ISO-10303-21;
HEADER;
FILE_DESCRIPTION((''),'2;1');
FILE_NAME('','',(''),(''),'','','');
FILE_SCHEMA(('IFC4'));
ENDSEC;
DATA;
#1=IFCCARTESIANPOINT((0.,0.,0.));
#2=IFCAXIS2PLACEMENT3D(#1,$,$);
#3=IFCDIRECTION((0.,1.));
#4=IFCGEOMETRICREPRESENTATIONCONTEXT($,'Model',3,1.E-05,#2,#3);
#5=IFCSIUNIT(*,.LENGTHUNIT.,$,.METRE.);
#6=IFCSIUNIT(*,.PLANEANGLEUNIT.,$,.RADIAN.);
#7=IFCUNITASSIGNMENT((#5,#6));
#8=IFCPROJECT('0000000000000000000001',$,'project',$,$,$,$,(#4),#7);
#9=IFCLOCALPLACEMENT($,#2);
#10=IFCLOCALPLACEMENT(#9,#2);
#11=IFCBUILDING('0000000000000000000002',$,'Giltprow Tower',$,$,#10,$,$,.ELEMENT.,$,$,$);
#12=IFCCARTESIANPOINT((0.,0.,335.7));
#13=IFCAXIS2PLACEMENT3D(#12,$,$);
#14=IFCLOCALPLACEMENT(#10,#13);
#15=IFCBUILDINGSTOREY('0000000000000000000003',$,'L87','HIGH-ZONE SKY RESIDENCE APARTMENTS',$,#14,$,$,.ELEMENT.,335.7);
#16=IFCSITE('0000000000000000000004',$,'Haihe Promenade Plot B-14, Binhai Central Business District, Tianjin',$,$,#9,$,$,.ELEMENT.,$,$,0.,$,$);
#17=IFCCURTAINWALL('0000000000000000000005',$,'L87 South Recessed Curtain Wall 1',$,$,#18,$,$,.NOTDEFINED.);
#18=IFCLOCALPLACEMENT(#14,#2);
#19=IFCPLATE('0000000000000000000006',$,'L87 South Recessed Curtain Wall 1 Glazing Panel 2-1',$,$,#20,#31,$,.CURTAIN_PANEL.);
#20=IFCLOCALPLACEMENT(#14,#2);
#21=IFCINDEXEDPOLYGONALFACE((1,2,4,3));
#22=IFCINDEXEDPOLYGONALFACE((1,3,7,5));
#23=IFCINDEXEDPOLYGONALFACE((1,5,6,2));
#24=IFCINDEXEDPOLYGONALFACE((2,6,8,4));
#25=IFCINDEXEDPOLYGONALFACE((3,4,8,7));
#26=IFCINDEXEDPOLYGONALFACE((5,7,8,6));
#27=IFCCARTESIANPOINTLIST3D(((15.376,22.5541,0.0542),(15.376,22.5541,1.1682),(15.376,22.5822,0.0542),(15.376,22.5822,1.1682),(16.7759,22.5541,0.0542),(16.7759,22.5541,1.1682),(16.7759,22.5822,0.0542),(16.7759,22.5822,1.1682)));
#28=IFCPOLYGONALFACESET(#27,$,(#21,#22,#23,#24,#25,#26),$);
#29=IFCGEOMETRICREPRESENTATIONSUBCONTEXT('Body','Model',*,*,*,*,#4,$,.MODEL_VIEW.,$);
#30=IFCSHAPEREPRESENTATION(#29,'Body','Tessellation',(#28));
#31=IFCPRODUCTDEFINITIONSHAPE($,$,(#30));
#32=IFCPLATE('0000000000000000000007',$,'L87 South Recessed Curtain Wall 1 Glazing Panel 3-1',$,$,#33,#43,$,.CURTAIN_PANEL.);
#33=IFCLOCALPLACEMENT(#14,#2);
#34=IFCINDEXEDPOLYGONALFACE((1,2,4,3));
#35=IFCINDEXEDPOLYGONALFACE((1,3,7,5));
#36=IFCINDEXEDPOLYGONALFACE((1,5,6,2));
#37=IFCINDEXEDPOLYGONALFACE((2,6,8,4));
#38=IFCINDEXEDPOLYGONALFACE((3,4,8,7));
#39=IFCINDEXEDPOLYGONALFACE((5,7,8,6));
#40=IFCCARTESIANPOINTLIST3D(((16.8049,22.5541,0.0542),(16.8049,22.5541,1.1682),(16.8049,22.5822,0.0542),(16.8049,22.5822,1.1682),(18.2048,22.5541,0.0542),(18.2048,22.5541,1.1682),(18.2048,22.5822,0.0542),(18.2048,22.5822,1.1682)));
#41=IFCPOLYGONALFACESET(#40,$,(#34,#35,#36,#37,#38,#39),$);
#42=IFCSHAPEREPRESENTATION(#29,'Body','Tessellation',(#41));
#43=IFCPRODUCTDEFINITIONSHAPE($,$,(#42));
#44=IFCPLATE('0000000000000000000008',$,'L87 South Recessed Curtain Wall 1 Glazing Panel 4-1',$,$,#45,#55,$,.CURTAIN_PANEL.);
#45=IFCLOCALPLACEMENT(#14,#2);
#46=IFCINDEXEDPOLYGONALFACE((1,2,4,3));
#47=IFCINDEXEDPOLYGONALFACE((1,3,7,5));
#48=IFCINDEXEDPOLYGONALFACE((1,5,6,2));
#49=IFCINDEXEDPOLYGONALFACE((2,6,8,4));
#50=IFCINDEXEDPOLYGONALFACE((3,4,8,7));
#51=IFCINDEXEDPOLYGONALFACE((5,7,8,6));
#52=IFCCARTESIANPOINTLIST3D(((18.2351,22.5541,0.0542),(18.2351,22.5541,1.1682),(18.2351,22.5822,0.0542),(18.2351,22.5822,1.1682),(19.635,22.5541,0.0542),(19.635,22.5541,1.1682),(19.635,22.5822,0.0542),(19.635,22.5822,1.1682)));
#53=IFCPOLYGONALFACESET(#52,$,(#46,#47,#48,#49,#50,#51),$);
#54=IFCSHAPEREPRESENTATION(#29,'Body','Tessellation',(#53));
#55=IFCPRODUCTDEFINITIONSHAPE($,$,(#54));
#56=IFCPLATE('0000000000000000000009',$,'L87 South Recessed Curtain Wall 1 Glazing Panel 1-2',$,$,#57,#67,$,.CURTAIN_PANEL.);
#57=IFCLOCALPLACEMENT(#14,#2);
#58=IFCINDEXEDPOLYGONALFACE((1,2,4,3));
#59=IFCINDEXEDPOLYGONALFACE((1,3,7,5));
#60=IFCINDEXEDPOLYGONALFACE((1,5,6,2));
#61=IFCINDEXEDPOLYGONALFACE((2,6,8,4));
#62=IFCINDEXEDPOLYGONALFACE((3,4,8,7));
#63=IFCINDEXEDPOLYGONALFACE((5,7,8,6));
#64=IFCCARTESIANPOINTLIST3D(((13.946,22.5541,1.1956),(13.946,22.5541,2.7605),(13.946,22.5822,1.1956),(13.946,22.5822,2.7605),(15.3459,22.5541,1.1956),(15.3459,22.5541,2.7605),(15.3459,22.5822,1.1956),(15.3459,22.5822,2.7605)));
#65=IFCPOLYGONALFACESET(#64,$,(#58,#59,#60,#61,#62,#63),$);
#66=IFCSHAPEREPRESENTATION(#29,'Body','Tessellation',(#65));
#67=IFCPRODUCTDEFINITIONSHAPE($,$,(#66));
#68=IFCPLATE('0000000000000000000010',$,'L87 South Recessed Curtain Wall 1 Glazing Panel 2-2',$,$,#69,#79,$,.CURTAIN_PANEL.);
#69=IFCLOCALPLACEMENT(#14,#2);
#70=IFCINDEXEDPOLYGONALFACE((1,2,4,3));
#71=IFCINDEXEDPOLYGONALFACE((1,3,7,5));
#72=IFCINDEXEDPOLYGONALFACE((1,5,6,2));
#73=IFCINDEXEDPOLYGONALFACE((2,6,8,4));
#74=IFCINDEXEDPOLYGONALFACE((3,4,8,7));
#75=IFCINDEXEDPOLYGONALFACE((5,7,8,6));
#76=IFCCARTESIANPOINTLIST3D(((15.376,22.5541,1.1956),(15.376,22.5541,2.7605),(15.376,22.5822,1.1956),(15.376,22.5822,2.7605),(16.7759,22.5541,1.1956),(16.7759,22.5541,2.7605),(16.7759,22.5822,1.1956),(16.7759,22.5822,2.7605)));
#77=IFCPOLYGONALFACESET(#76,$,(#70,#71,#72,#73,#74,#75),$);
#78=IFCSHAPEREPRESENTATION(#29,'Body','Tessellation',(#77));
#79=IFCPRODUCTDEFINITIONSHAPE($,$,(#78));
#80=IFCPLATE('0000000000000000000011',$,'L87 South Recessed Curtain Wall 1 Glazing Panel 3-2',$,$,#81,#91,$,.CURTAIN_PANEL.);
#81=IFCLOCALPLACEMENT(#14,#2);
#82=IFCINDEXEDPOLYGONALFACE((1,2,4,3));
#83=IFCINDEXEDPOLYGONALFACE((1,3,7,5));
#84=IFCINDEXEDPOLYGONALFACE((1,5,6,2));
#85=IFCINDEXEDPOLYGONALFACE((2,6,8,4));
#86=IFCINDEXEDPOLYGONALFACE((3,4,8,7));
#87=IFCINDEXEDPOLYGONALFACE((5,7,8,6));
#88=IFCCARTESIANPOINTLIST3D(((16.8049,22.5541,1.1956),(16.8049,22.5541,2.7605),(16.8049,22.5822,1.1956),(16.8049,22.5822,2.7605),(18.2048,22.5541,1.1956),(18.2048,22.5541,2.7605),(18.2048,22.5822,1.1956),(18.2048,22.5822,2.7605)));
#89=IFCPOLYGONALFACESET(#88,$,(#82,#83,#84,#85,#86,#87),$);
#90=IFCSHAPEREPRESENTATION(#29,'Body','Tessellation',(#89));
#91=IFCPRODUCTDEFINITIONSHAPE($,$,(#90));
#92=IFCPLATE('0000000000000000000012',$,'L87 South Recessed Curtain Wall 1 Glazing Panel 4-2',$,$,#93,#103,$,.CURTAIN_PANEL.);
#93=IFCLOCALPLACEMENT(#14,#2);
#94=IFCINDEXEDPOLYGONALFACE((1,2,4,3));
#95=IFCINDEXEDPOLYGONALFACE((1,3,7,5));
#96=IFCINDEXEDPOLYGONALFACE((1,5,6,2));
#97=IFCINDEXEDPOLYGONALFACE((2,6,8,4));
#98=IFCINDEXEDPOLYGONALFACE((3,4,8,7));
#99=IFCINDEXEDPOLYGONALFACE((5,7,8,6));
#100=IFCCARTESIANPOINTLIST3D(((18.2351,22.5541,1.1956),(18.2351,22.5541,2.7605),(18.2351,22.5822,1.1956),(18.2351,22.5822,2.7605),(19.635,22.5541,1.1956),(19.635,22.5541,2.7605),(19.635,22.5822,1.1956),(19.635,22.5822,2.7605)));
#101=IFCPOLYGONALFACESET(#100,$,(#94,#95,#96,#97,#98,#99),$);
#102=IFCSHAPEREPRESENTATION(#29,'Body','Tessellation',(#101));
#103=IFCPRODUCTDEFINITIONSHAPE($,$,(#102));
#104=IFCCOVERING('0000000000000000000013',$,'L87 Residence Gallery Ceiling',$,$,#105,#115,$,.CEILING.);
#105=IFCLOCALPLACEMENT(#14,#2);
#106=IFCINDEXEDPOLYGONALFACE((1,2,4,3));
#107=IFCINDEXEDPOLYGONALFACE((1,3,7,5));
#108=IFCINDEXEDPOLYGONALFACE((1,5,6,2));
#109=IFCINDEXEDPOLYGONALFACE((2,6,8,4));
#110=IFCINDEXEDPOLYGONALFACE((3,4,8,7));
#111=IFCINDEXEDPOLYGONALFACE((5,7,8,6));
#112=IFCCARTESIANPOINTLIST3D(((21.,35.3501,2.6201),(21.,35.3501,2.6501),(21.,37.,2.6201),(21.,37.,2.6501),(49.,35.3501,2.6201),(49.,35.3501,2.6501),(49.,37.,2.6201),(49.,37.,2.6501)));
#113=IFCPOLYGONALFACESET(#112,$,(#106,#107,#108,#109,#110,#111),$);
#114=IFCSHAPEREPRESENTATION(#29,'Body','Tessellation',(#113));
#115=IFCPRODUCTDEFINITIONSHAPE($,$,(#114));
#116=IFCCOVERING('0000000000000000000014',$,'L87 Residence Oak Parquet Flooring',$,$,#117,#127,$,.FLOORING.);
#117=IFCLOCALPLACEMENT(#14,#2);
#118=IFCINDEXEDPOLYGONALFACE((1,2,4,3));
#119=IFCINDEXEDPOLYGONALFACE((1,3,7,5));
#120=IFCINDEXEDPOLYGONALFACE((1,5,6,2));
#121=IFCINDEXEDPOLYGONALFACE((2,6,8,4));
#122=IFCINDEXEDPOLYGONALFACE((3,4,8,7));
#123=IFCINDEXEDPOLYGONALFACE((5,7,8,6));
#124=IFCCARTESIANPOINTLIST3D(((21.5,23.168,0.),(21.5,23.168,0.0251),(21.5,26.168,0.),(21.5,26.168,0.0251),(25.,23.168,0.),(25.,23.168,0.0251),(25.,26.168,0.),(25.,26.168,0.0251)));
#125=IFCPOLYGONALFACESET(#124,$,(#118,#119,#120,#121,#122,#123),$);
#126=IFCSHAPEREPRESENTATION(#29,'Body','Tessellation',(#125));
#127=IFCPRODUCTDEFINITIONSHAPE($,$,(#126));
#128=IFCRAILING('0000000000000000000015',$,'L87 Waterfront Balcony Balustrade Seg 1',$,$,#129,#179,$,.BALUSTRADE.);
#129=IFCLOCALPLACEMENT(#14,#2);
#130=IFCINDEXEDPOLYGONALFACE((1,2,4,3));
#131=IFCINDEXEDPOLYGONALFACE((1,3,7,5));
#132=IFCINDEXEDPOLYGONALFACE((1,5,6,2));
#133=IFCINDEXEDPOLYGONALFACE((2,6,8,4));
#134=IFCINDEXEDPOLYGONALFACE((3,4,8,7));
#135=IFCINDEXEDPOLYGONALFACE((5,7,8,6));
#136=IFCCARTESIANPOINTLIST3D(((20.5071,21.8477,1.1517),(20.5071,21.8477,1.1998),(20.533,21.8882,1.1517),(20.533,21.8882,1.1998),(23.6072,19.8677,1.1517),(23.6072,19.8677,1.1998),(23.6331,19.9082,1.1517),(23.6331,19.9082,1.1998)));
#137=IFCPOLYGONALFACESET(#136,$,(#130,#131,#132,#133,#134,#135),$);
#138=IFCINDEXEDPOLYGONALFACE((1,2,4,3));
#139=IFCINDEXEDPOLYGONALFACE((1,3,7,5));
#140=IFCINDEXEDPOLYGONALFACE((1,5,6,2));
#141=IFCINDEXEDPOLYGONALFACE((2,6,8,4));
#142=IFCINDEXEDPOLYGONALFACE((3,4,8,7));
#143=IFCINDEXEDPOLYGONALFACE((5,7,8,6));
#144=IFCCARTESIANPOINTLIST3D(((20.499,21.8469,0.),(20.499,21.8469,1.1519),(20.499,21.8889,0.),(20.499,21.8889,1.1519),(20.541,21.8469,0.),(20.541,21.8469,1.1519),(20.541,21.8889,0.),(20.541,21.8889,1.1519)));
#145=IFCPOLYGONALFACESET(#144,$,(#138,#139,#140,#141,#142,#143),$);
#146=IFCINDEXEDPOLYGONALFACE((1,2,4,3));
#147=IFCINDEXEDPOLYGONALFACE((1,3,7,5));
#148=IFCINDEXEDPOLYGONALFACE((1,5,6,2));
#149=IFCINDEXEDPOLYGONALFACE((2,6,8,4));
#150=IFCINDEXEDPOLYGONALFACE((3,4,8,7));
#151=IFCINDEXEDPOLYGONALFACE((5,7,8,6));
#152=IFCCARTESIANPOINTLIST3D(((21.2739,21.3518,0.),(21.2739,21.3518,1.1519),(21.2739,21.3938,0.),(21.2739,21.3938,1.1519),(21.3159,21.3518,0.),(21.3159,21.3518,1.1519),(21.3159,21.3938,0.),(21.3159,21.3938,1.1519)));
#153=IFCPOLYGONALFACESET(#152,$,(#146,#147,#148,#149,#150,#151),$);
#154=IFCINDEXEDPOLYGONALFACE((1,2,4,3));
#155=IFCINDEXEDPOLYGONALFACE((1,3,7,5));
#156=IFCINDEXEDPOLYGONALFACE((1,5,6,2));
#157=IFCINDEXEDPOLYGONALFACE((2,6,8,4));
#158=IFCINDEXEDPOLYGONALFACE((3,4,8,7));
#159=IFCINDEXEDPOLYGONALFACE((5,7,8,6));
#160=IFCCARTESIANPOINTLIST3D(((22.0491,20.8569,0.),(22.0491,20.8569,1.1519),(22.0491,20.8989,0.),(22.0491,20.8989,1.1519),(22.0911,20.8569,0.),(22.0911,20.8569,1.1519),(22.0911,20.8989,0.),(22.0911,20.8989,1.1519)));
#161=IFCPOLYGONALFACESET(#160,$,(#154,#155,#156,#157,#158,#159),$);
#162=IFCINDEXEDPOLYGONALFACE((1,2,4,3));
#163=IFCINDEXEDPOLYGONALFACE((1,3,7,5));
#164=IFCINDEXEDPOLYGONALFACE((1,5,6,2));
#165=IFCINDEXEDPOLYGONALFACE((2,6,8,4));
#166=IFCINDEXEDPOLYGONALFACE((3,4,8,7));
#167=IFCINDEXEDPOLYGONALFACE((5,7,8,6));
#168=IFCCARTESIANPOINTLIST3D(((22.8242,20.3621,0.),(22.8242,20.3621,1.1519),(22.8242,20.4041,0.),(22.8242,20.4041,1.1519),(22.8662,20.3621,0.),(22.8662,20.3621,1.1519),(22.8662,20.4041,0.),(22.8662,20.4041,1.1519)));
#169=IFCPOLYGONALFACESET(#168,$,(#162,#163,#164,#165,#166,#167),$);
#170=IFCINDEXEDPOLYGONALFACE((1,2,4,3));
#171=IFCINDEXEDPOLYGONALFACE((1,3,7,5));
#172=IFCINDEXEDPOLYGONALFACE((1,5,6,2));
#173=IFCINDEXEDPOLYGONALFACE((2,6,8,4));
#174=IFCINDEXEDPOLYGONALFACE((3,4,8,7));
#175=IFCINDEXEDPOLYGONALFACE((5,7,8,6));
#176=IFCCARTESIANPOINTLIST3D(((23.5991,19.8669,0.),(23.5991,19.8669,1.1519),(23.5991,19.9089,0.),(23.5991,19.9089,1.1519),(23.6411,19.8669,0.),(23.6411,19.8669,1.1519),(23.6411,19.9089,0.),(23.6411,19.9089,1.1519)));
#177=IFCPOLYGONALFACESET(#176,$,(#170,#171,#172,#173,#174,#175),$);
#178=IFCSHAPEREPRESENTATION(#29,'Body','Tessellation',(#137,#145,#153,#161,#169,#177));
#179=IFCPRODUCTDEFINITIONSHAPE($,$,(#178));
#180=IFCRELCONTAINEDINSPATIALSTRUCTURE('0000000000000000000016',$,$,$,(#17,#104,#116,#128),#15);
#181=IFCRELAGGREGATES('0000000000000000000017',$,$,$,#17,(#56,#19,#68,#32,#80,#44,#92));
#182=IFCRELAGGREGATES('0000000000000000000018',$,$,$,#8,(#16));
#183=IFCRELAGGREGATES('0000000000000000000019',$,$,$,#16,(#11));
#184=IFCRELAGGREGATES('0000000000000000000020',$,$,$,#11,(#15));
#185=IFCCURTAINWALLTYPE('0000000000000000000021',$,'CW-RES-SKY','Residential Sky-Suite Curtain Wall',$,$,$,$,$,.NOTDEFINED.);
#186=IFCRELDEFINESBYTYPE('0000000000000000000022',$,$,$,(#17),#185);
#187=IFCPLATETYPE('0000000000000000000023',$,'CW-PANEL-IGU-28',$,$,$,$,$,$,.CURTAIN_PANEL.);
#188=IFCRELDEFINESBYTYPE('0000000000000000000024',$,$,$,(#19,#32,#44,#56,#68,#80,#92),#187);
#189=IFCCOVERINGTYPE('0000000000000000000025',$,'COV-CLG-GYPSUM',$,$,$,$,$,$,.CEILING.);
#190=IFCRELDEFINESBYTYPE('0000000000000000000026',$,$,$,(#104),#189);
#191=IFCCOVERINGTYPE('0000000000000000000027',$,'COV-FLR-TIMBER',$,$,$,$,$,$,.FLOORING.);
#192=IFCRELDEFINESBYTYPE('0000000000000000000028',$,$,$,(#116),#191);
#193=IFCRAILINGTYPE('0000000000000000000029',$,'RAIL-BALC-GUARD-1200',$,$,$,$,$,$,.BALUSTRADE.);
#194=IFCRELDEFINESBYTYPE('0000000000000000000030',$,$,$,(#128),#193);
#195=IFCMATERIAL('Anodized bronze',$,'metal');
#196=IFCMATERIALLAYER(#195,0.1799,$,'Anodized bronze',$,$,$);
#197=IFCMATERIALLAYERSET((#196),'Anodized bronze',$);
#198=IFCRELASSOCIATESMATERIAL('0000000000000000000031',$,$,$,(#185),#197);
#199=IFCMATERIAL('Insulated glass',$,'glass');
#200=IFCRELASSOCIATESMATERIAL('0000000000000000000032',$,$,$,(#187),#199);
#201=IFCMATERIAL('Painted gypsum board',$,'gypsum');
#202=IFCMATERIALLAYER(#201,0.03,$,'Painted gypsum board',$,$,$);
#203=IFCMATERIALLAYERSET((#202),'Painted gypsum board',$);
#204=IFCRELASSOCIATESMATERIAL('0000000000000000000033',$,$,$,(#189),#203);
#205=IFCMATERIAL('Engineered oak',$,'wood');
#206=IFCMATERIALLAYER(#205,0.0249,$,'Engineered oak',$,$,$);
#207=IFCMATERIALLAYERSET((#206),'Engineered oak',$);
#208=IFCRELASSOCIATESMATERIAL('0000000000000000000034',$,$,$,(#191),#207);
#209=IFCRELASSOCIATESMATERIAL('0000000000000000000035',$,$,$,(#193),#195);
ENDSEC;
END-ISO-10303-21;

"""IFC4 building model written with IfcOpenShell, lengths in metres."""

from ifc_helpers import new_model, si_unit, direction, frame, origin, origin_2d, place, context, subcontext, project, spatial, polyline, rectangle, outline, extrude, source, transform, mapped, material, layer, layer_set, type_object, element, aggregate, save


model = new_model("IFC4")

# Units and contexts
model_context = context("Model", 3, precision=1e-05, world=origin(), true_north=direction((0.0, 1.0)))
body_context = subcontext(model_context, "Body", "Model", "MODEL_VIEW")
ifc_project = project(units=[si_unit("LENGTHUNIT", "METRE"), si_unit("PLANEANGLEUNIT", "RADIAN")], contexts=[model_context])

# Site, building, storey
site_placement = place(None, origin())
site = spatial("IfcSite", under=ifc_project, at=site_placement, Name="Haihe Promenade Plot B-14, Binhai Central Business District, Tianjin", CompositionType="ELEMENT", RefElevation=0.0)
building_placement = place(site_placement, origin())
building = spatial("IfcBuilding", under=site, at=building_placement, Name="Giltprow Tower", CompositionType="ELEMENT")
storey_placement = place(building_placement, frame((0.0, 0.0, 335.7)))
storey = spatial("IfcBuildingStorey", under=building, at=storey_placement, Name="L87", Description="HIGH-ZONE SKY RESIDENCE APARTMENTS", CompositionType="ELEMENT", Elevation=335.7)

# Curtain wall
ifc_material_1 = material(Name="Anodized bronze", Category="metal")
ifc_layer_1 = layer(ifc_material_1, 0.1799, Name="Anodized bronze")
ifc_layer_set_1 = layer_set([ifc_layer_1], Name="Anodized bronze")
curtain_wall_type = type_object("IfcCurtainWallType", Name="CW-RES-SKY", Description="Residential Sky-Suite Curtain Wall", PredefinedType="NOTDEFINED", material=ifc_layer_set_1)
curtain_wall_placement = place(storey_placement, origin())
curtain_wall = element("IfcCurtainWall", 1, at=curtain_wall_placement, inside=storey, type_object=curtain_wall_type, Name="L87 South Recessed Curtain Wall 1", PredefinedType="NOTDEFINED")

# Plates
ifc_material_2 = material(Name="Insulated glass", Category="glass")
plate_type = type_object("IfcPlateType", Name="CW-PANEL-IGU-28", PredefinedType="CURTAIN_PANEL", material=ifc_material_2)
shared_shape_1 = source(origin(), body_context, "Body", "SweptSolid", [
    extrude(rectangle(XDim=1.3999, YDim=0.0281, at=origin_2d()), origin(), (0.0, 0.0, 1.0), 1.114),
])
plate_1_placement = place(storey_placement, frame((16.0759, 22.5681, 0.0542), z_axis=(0.0, 0.0, 1.0), x_axis=(1.0, 0.0, 0.0)))
plate_1 = element("IfcPlate", 2, at=plate_1_placement, type_object=plate_type, Name="L87 South Recessed Curtain Wall 1 Glazing Panel 2-1", PredefinedType="CURTAIN_PANEL", context=body_context, shape_type="MappedRepresentation", body=[
    mapped(shared_shape_1, transform((0.0, 0.0, 0.0), x_axis=(1.0, 0.0, 0.0), y_axis=(0.0, 1.0, 0.0), z_axis=(0.0, 0.0, 1.0), scale=1.0)),
])
plate_2_placement = place(storey_placement, frame((17.5049, 22.5681, 0.0542), z_axis=(0.0, 0.0, 1.0), x_axis=(1.0, 0.0, 0.0)))
plate_2 = element("IfcPlate", 3, at=plate_2_placement, type_object=plate_type, Name="L87 South Recessed Curtain Wall 1 Glazing Panel 3-1", PredefinedType="CURTAIN_PANEL", context=body_context, shape_type="MappedRepresentation", body=[
    mapped(shared_shape_1, transform((0.0, 0.0, 0.0), x_axis=(1.0, 0.0, 0.0), y_axis=(0.0, 1.0, 0.0), z_axis=(0.0, 0.0, 1.0), scale=1.0)),
])
plate_3_placement = place(storey_placement, frame((18.9351, 22.5681, 0.0542), z_axis=(0.0, 0.0, 1.0), x_axis=(1.0, 0.0, 0.0)))
plate_3 = element("IfcPlate", 4, at=plate_3_placement, type_object=plate_type, Name="L87 South Recessed Curtain Wall 1 Glazing Panel 4-1", PredefinedType="CURTAIN_PANEL", context=body_context, shape_type="MappedRepresentation", body=[
    mapped(shared_shape_1, transform((0.0, 0.0, 0.0), x_axis=(1.0, 0.0, 0.0), y_axis=(0.0, 1.0, 0.0), z_axis=(0.0, 0.0, 1.0), scale=1.0)),
])
shared_shape_2 = source(origin(), body_context, "Body", "SweptSolid", [
    extrude(rectangle(XDim=1.3999, YDim=0.0281, at=origin_2d()), origin(), (0.0, 0.0, 1.0), 1.5649),
])
plate_4_placement = place(storey_placement, frame((14.646, 22.5681, 1.1956), z_axis=(0.0, 0.0, 1.0), x_axis=(1.0, 0.0, 0.0)))
plate_4 = element("IfcPlate", 5, at=plate_4_placement, type_object=plate_type, Name="L87 South Recessed Curtain Wall 1 Glazing Panel 1-2", PredefinedType="CURTAIN_PANEL", context=body_context, shape_type="MappedRepresentation", body=[
    mapped(shared_shape_2, transform((0.0, 0.0, 0.0), x_axis=(1.0, 0.0, 0.0), y_axis=(0.0, 1.0, 0.0), z_axis=(0.0, 0.0, 1.0), scale=1.0)),
])
plate_5_placement = place(storey_placement, frame((16.0759, 22.5681, 1.1956), z_axis=(0.0, 0.0, 1.0), x_axis=(1.0, 0.0, 0.0)))
plate_5 = element("IfcPlate", 6, at=plate_5_placement, type_object=plate_type, Name="L87 South Recessed Curtain Wall 1 Glazing Panel 2-2", PredefinedType="CURTAIN_PANEL", context=body_context, shape_type="MappedRepresentation", body=[
    mapped(shared_shape_2, transform((0.0, 0.0, 0.0), x_axis=(1.0, 0.0, 0.0), y_axis=(0.0, 1.0, 0.0), z_axis=(0.0, 0.0, 1.0), scale=1.0)),
])
plate_6_placement = place(storey_placement, frame((17.5049, 22.5681, 1.1956), z_axis=(0.0, 0.0, 1.0), x_axis=(1.0, 0.0, 0.0)))
plate_6 = element("IfcPlate", 7, at=plate_6_placement, type_object=plate_type, Name="L87 South Recessed Curtain Wall 1 Glazing Panel 3-2", PredefinedType="CURTAIN_PANEL", context=body_context, shape_type="MappedRepresentation", body=[
    mapped(shared_shape_2, transform((0.0, 0.0, 0.0), x_axis=(1.0, 0.0, 0.0), y_axis=(0.0, 1.0, 0.0), z_axis=(0.0, 0.0, 1.0), scale=1.0)),
])
plate_7_placement = place(storey_placement, frame((18.9351, 22.5681, 1.1956), z_axis=(0.0, 0.0, 1.0), x_axis=(1.0, 0.0, 0.0)))
plate_7 = element("IfcPlate", 8, at=plate_7_placement, type_object=plate_type, Name="L87 South Recessed Curtain Wall 1 Glazing Panel 4-2", PredefinedType="CURTAIN_PANEL", context=body_context, shape_type="MappedRepresentation", body=[
    mapped(shared_shape_2, transform((0.0, 0.0, 0.0), x_axis=(1.0, 0.0, 0.0), y_axis=(0.0, 1.0, 0.0), z_axis=(0.0, 0.0, 1.0), scale=1.0)),
])
aggregate(curtain_wall, [plate_4, plate_1, plate_5, plate_2, plate_6, plate_3, plate_7])

# Coverings
ifc_material_3 = material(Name="Painted gypsum board", Category="gypsum")
ifc_layer_2 = layer(ifc_material_3, 0.03, Name="Painted gypsum board")
ifc_layer_set_2 = layer_set([ifc_layer_2], Name="Painted gypsum board")
covering_type_1 = type_object("IfcCoveringType", Name="COV-CLG-GYPSUM", PredefinedType="CEILING", material=ifc_layer_set_2)
covering_1_placement = place(storey_placement, frame((0.0, 0.0, 2.6201)))
element("IfcCovering", 9, at=covering_1_placement, inside=storey, type_object=covering_type_1, Name="L87 Residence Gallery Ceiling", PredefinedType="CEILING", context=body_context, shape_type="SweptSolid", body=[
    extrude(outline(polyline([(21.0, 35.3501), (49.0, 35.3501), (49.0, 37.0), (21.0, 37.0), (21.0, 35.3501)])), origin(), (0.0, 0.0, 1.0), 0.03),
])
ifc_material_4 = material(Name="Engineered oak", Category="wood")
ifc_layer_3 = layer(ifc_material_4, 0.0249, Name="Engineered oak")
ifc_layer_set_3 = layer_set([ifc_layer_3], Name="Engineered oak")
covering_type_2 = type_object("IfcCoveringType", Name="COV-FLR-TIMBER", PredefinedType="FLOORING", material=ifc_layer_set_3)
covering_2_placement = place(storey_placement, origin())
element("IfcCovering", 10, at=covering_2_placement, inside=storey, type_object=covering_type_2, Name="L87 Residence Oak Parquet Flooring", PredefinedType="FLOORING", context=body_context, shape_type="SweptSolid", body=[
    extrude(outline(polyline([(21.5, 23.168), (25.0, 23.168), (25.0, 26.168), (21.5, 26.168), (21.5, 23.168)])), origin(), (0.0, 0.0, 1.0), 0.0251),
])

# Railing
railing_type = type_object("IfcRailingType", Name="RAIL-BALC-GUARD-1200", PredefinedType="BALUSTRADE", material=ifc_material_1)
railing_1_placement = place(storey_placement, frame((20.52, 21.8679, 0.0)))
element("IfcRailing", 11, at=railing_1_placement, inside=storey, type_object=railing_type, Name="L87 Waterfront Balcony Balustrade Seg 1", PredefinedType="BALUSTRADE", context=body_context, shape_type="SweptSolid", body=[
    extrude(rectangle(XDim=0.0481, YDim=0.0481, at=origin_2d()), frame((0.0, 0.0, 1.1758), z_axis=(0.842775, -0.538266, 0.0), x_axis=(0.538266, 0.842775, 0.0)), (0.0, 0.0, 1.0), 3.6785),
    extrude(rectangle(XDim=0.042, YDim=0.042, at=origin_2d()), origin(), (0.0, 0.0, 1.0), 1.1519),
    extrude(rectangle(XDim=0.042, YDim=0.042, at=origin_2d()), frame((0.7749, -0.4951, 0.0)), (0.0, 0.0, 1.0), 1.1519),
    extrude(rectangle(XDim=0.042, YDim=0.042, at=origin_2d()), frame((1.55, -0.99, 0.0)), (0.0, 0.0, 1.0), 1.1519),
    extrude(rectangle(XDim=0.042, YDim=0.042, at=origin_2d()), frame((2.3252, -1.4849, 0.0)), (0.0, 0.0, 1.0), 1.1519),
    extrude(rectangle(XDim=0.042, YDim=0.042, at=origin_2d()), frame((3.1001, -1.98, 0.0)), (0.0, 0.0, 1.0), 1.1519),
])

save(model, "model.ifc")
